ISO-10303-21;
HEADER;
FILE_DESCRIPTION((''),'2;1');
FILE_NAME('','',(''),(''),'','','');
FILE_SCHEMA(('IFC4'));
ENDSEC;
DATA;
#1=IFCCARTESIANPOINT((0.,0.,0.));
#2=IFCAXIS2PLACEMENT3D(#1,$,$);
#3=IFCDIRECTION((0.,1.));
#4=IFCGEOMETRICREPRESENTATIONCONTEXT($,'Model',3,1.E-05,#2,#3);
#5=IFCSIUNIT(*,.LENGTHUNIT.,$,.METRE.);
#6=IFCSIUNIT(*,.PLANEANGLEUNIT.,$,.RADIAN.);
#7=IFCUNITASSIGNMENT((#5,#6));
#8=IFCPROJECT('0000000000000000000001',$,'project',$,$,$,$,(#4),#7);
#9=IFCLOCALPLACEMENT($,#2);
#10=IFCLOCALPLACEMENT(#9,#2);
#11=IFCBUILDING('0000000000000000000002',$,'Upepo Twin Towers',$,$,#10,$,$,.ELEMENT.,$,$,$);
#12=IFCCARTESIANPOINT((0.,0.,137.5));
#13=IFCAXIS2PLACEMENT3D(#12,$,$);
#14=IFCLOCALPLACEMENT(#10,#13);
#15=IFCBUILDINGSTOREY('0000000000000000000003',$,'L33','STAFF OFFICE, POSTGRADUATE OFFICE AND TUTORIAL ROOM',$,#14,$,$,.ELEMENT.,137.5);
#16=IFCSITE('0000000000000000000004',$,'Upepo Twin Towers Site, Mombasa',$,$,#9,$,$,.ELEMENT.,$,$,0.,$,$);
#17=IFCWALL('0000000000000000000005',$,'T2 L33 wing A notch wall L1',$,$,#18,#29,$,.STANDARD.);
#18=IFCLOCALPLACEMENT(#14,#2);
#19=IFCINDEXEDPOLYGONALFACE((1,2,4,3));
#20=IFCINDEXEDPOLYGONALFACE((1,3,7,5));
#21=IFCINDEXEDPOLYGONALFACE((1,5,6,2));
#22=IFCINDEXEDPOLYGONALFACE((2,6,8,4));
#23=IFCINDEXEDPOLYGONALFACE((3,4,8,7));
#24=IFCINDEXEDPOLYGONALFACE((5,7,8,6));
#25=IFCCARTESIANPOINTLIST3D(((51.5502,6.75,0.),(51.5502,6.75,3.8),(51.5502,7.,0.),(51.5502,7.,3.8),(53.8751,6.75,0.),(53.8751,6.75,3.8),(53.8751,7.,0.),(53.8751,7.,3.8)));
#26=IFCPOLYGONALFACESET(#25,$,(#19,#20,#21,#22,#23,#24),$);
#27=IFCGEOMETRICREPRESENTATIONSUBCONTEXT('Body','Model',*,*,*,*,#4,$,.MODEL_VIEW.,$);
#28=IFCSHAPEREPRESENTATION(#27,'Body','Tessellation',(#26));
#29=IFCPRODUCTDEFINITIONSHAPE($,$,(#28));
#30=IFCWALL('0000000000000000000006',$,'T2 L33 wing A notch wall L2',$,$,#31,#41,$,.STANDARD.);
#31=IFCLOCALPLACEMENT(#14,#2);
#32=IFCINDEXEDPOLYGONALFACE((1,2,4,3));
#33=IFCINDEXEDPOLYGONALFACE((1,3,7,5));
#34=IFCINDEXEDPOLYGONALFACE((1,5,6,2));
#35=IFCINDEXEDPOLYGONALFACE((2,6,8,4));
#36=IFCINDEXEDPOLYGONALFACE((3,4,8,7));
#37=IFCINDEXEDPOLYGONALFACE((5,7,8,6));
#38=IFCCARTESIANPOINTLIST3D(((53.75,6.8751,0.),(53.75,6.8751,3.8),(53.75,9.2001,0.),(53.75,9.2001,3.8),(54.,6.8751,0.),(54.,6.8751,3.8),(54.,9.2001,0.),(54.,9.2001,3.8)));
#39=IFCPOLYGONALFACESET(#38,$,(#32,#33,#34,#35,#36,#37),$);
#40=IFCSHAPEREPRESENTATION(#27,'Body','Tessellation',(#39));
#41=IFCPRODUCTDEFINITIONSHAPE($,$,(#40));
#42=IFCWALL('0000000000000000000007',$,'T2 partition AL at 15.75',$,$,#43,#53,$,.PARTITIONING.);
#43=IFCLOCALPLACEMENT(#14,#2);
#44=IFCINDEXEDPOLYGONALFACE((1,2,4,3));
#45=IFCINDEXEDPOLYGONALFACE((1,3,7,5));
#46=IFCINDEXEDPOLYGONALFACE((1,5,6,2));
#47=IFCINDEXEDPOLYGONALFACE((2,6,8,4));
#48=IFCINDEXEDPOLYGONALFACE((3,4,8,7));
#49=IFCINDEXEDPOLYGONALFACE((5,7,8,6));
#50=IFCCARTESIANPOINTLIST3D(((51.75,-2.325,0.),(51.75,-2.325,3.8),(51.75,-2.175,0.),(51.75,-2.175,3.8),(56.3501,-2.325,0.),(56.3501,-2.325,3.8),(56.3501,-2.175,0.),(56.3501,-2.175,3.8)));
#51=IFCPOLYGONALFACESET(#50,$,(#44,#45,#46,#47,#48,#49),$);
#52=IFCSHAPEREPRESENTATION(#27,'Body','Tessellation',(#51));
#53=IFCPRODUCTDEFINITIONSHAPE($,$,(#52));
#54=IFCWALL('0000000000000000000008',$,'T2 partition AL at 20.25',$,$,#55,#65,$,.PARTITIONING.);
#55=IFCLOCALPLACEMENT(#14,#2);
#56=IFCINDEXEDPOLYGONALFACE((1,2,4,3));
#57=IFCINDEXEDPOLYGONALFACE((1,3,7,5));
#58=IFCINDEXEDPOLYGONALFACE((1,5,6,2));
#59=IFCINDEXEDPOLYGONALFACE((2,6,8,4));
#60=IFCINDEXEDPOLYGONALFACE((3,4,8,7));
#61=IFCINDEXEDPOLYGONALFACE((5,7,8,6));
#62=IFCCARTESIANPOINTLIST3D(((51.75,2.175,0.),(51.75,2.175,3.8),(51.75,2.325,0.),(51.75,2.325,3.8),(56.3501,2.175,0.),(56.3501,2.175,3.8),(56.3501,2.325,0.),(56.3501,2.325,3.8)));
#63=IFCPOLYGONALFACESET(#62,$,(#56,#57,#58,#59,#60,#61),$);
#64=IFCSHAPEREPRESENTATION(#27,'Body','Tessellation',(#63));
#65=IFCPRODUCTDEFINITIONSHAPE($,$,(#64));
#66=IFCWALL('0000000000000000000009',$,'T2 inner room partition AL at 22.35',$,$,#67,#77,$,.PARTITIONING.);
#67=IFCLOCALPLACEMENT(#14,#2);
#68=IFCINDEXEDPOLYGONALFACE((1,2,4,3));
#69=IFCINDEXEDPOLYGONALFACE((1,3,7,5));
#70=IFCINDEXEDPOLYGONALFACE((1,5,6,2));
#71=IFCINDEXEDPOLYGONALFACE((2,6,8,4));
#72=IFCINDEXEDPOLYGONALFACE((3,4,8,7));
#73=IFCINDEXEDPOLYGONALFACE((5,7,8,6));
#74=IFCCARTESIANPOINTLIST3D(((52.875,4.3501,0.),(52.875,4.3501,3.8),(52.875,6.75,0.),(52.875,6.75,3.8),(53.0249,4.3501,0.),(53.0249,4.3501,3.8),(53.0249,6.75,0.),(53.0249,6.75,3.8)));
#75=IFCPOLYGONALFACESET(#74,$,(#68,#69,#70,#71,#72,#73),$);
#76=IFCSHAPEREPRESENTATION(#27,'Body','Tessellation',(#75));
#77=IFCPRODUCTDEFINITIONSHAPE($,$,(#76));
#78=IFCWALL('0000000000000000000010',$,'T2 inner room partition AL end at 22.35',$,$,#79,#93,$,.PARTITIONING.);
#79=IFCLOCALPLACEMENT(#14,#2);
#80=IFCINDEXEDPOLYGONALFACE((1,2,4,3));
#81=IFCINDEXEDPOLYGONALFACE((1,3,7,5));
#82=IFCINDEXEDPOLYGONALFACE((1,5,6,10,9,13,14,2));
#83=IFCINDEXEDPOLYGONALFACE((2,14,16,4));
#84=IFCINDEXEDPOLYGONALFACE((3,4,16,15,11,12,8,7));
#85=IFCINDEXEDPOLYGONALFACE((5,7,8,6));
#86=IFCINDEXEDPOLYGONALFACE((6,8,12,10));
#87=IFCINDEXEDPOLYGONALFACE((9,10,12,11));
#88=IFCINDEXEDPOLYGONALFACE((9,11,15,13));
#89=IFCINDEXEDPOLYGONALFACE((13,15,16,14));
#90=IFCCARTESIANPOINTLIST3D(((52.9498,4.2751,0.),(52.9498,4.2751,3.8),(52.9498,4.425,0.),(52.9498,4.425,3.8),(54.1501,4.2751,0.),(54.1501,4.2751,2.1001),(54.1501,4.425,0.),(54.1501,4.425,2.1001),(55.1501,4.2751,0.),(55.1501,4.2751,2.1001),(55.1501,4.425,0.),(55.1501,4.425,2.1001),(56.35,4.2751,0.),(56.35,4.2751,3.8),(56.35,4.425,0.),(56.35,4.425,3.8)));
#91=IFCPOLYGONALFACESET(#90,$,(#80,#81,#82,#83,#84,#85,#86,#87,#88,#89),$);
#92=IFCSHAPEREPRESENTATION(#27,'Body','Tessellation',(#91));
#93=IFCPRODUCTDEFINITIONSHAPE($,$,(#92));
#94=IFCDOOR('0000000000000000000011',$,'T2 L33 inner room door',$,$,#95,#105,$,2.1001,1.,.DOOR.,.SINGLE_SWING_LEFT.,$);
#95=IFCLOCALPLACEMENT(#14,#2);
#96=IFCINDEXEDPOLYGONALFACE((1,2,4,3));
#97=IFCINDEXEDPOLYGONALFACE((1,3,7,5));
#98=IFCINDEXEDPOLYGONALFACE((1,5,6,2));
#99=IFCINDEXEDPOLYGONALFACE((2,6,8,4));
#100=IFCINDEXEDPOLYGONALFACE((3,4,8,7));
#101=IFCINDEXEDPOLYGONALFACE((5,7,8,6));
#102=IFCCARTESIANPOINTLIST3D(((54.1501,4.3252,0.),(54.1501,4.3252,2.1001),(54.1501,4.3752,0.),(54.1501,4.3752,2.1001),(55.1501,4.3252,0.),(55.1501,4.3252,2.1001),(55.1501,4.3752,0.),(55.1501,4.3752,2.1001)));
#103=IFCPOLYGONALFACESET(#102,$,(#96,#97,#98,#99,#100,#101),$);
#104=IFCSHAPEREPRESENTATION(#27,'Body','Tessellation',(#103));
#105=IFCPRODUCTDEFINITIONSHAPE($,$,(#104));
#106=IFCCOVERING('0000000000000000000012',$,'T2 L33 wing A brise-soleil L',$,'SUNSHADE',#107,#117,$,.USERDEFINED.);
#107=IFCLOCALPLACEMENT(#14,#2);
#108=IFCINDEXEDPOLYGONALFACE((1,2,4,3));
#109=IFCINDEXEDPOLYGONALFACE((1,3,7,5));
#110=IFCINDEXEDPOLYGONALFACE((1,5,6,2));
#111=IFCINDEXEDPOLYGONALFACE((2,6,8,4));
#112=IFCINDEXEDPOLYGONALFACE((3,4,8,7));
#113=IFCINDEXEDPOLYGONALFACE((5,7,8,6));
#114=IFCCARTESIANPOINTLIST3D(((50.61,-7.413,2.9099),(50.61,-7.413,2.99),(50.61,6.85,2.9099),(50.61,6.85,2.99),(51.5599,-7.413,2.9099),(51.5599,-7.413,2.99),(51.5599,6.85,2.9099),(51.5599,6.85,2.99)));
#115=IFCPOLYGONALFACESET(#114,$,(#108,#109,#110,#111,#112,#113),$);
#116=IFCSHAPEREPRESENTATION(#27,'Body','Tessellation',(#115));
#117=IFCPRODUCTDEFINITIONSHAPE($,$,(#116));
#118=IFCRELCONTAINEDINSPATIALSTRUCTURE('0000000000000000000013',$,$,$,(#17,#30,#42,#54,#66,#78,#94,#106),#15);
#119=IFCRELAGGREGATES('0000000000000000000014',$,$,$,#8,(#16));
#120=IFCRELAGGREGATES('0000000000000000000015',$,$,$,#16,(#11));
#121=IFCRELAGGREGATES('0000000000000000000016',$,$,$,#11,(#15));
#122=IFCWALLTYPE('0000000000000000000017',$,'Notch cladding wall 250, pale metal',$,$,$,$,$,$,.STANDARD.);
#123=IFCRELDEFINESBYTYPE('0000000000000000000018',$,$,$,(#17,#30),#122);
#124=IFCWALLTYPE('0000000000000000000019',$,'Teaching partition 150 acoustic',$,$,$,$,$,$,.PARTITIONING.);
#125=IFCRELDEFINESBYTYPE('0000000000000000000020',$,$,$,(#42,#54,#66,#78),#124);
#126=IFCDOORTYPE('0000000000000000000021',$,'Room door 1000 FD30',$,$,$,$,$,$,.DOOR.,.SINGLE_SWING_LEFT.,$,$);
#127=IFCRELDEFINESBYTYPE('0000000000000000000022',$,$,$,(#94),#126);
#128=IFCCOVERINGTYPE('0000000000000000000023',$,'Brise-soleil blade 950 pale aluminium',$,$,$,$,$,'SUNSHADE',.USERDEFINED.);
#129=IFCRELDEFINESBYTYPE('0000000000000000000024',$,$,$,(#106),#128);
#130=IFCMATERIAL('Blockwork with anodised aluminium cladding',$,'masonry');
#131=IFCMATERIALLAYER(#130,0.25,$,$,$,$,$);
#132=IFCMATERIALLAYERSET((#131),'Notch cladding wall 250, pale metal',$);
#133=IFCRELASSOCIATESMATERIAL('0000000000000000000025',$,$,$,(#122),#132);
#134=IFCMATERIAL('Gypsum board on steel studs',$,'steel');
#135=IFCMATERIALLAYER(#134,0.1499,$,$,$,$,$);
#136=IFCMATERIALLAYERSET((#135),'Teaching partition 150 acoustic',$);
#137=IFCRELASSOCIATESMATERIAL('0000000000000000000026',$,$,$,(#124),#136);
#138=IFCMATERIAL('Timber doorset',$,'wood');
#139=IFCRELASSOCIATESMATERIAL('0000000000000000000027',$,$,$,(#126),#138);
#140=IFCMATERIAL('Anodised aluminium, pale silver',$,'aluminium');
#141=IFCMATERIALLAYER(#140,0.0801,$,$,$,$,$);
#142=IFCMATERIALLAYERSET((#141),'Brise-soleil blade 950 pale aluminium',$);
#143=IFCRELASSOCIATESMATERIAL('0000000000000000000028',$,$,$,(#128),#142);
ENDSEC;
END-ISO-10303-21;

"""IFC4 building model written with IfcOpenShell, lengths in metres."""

from ifc_helpers import new_model, si_unit, direction, frame, frame_2d, origin, origin_2d, place, context, subcontext, project, spatial, rectangle, extrude, material, layer, layer_set, type_object, element, fill, save


model = new_model("IFC4")

# Units and contexts
model_context = context("Model", 3, precision=1e-05, world=origin(), true_north=direction((0.0, 1.0)))
body_context = subcontext(model_context, "Body", "Model", "MODEL_VIEW")
ifc_project = project(units=[si_unit("LENGTHUNIT", "METRE"), si_unit("PLANEANGLEUNIT", "RADIAN")], contexts=[model_context])

# Site, building, storey
site_placement = place(None, origin())
site = spatial("IfcSite", under=ifc_project, at=site_placement, Name="Upepo Twin Towers Site, Mombasa", CompositionType="ELEMENT", RefElevation=0.0)
building_placement = place(site_placement, origin())
building = spatial("IfcBuilding", under=site, at=building_placement, Name="Upepo Twin Towers", CompositionType="ELEMENT")
storey_placement = place(building_placement, frame((0.0, 0.0, 137.5)))
storey = spatial("IfcBuildingStorey", under=building, at=storey_placement, Name="L33", Description="STAFF OFFICE, POSTGRADUATE OFFICE AND TUTORIAL ROOM", CompositionType="ELEMENT", Elevation=137.5)

# Walls
ifc_material_1 = material(Name="Blockwork with anodised aluminium cladding", Category="masonry")
ifc_layer_1 = layer(ifc_material_1, 0.25)
ifc_layer_set_1 = layer_set([ifc_layer_1], Name="Notch cladding wall 250, pale metal")
wall_type_1 = type_object("IfcWallType", Name="Notch cladding wall 250, pale metal", PredefinedType="STANDARD", material=ifc_layer_set_1)
for number, where, z_axis, x_axis, name in (
    (1, (51.55, 6.875, 0.0), (0.0, 0.0, 1.0), (1.0, 0.0, 0.0), "T2 L33 wing A notch wall L1"),
    (2, (53.875, 6.875, 0.0), (0.0, 0.0, 1.0), (0.0, 1.0, 0.0), "T2 L33 wing A notch wall L2"),
):
    element("IfcWall", number, at=place(storey_placement, frame(where, z_axis=z_axis, x_axis=x_axis)), inside=storey, type_object=wall_type_1, Name=name, PredefinedType="STANDARD", context=body_context, shape_type="SweptSolid", body=[
        extrude(rectangle(XDim=2.325, YDim=0.25, at=frame_2d((1.1626, 0.0))), origin(), (0.0, 0.0, 1.0), 3.8),
    ])
ifc_material_2 = material(Name="Gypsum board on steel studs", Category="steel")
ifc_layer_2 = layer(ifc_material_2, 0.1499)
ifc_layer_set_2 = layer_set([ifc_layer_2], Name="Teaching partition 150 acoustic")
wall_type_2 = type_object("IfcWallType", Name="Teaching partition 150 acoustic", PredefinedType="PARTITIONING", material=ifc_layer_set_2)
for number, where, z_axis, x_axis, name in (
    (3, (56.3501, -2.25, 0.0), (0.0, 0.0, 1.0), (-1.0, 0.0, 0.0), "T2 partition AL at 15.75"),
    (4, (56.3501, 2.25, 0.0), (0.0, 0.0, 1.0), (-1.0, 0.0, 0.0), "T2 partition AL at 20.25"),
):
    element("IfcWall", number, at=place(storey_placement, frame(where, z_axis=z_axis, x_axis=x_axis)), inside=storey, type_object=wall_type_2, Name=name, PredefinedType="PARTITIONING", context=body_context, shape_type="SweptSolid", body=[
        extrude(rectangle(XDim=4.6001, YDim=0.1499, at=frame_2d((2.3, 0.0))), origin(), (0.0, 0.0, 1.0), 3.8),
    ])
wall_1_placement = place(storey_placement, frame((52.95, 4.3501, 0.0), z_axis=(0.0, 0.0, 1.0), x_axis=(0.0, 1.0, 0.0)))
element("IfcWall", 5, at=wall_1_placement, inside=storey, type_object=wall_type_2, Name="T2 inner room partition AL at 22.35", PredefinedType="PARTITIONING", context=body_context, shape_type="SweptSolid", body=[
    extrude(rectangle(XDim=2.3999, YDim=0.1499, at=frame_2d((1.2, 0.0))), origin(), (0.0, 0.0, 1.0), 3.8),
])

# Wall, opening, door
wall_2_placement = place(storey_placement, frame((56.3501, 4.3501, 0.0), z_axis=(0.0, 0.0, 1.0), x_axis=(-1.0, 0.0, 0.0)))
wall_2 = element("IfcWall", 6, at=wall_2_placement, inside=storey, type_object=wall_type_2, Name="T2 inner room partition AL end at 22.35", PredefinedType="PARTITIONING", context=body_context, shape_type="SweptSolid", body=[
    extrude(rectangle(XDim=3.4001, YDim=0.1499, at=frame_2d((1.7002, 0.0))), origin(), (0.0, 0.0, 1.0), 3.8),
])
opening_placement = place(wall_2_placement, frame((1.2, 0.0, 0.0)))
opening = element("IfcOpeningElement", 7, at=opening_placement, cuts=wall_2, PredefinedType="OPENING", context=body_context, shape_type="SweptSolid", body=[
    extrude(rectangle(XDim=1.0, YDim=2.1001, at=frame_2d((0.5, 1.05))), frame((0.0, 0.085, 0.0), z_axis=(0.0, -1.0, 0.0), x_axis=(1.0, 0.0, 0.0)), (0.0, 0.0, 1.0), 0.1699),
])
ifc_material_3 = material(Name="Timber doorset", Category="wood")
door_type = type_object("IfcDoorType", Name="Room door 1000 FD30", OperationType="SINGLE_SWING_LEFT", PredefinedType="DOOR", material=ifc_material_3)
door_placement = place(opening_placement, origin())
door = element("IfcDoor", 8, at=door_placement, inside=storey, type_object=door_type, Name="T2 L33 inner room door", OperationType="SINGLE_SWING_LEFT", OverallHeight=2.1001, OverallWidth=1.0, PredefinedType="DOOR", context=body_context, shape_type="SweptSolid", body=[
    extrude(rectangle(XDim=1.0, YDim=2.1001, at=frame_2d((0.5, 1.05))), frame((0.0, 0.0249, 0.0), z_axis=(0.0, -1.0, 0.0), x_axis=(1.0, 0.0, 0.0)), (0.0, 0.0, 1.0), 0.05),
])
fill(opening, door)

# Covering
ifc_material_4 = material(Name="Anodised aluminium, pale silver", Category="aluminium")
ifc_layer_3 = layer(ifc_material_4, 0.0801)
ifc_layer_set_3 = layer_set([ifc_layer_3], Name="Brise-soleil blade 950 pale aluminium")
covering_type = type_object("IfcCoveringType", Name="Brise-soleil blade 950 pale aluminium", ElementType="SUNSHADE", PredefinedType="USERDEFINED", material=ifc_layer_set_3)
covering_placement = place(storey_placement, frame((51.085, -0.2815, 2.9099), z_axis=(0.0, 0.0, 1.0), x_axis=(0.0, 1.0, 0.0)))
element("IfcCovering", 9, at=covering_placement, inside=storey, type_object=covering_type, Name="T2 L33 wing A brise-soleil L", ObjectType="SUNSHADE", PredefinedType="USERDEFINED", context=body_context, shape_type="SweptSolid", body=[
    extrude(rectangle(XDim=14.2629, YDim=0.95, at=origin_2d()), origin(), (0.0, 0.0, 1.0), 0.0801),
])

save(model, "model.ifc")
